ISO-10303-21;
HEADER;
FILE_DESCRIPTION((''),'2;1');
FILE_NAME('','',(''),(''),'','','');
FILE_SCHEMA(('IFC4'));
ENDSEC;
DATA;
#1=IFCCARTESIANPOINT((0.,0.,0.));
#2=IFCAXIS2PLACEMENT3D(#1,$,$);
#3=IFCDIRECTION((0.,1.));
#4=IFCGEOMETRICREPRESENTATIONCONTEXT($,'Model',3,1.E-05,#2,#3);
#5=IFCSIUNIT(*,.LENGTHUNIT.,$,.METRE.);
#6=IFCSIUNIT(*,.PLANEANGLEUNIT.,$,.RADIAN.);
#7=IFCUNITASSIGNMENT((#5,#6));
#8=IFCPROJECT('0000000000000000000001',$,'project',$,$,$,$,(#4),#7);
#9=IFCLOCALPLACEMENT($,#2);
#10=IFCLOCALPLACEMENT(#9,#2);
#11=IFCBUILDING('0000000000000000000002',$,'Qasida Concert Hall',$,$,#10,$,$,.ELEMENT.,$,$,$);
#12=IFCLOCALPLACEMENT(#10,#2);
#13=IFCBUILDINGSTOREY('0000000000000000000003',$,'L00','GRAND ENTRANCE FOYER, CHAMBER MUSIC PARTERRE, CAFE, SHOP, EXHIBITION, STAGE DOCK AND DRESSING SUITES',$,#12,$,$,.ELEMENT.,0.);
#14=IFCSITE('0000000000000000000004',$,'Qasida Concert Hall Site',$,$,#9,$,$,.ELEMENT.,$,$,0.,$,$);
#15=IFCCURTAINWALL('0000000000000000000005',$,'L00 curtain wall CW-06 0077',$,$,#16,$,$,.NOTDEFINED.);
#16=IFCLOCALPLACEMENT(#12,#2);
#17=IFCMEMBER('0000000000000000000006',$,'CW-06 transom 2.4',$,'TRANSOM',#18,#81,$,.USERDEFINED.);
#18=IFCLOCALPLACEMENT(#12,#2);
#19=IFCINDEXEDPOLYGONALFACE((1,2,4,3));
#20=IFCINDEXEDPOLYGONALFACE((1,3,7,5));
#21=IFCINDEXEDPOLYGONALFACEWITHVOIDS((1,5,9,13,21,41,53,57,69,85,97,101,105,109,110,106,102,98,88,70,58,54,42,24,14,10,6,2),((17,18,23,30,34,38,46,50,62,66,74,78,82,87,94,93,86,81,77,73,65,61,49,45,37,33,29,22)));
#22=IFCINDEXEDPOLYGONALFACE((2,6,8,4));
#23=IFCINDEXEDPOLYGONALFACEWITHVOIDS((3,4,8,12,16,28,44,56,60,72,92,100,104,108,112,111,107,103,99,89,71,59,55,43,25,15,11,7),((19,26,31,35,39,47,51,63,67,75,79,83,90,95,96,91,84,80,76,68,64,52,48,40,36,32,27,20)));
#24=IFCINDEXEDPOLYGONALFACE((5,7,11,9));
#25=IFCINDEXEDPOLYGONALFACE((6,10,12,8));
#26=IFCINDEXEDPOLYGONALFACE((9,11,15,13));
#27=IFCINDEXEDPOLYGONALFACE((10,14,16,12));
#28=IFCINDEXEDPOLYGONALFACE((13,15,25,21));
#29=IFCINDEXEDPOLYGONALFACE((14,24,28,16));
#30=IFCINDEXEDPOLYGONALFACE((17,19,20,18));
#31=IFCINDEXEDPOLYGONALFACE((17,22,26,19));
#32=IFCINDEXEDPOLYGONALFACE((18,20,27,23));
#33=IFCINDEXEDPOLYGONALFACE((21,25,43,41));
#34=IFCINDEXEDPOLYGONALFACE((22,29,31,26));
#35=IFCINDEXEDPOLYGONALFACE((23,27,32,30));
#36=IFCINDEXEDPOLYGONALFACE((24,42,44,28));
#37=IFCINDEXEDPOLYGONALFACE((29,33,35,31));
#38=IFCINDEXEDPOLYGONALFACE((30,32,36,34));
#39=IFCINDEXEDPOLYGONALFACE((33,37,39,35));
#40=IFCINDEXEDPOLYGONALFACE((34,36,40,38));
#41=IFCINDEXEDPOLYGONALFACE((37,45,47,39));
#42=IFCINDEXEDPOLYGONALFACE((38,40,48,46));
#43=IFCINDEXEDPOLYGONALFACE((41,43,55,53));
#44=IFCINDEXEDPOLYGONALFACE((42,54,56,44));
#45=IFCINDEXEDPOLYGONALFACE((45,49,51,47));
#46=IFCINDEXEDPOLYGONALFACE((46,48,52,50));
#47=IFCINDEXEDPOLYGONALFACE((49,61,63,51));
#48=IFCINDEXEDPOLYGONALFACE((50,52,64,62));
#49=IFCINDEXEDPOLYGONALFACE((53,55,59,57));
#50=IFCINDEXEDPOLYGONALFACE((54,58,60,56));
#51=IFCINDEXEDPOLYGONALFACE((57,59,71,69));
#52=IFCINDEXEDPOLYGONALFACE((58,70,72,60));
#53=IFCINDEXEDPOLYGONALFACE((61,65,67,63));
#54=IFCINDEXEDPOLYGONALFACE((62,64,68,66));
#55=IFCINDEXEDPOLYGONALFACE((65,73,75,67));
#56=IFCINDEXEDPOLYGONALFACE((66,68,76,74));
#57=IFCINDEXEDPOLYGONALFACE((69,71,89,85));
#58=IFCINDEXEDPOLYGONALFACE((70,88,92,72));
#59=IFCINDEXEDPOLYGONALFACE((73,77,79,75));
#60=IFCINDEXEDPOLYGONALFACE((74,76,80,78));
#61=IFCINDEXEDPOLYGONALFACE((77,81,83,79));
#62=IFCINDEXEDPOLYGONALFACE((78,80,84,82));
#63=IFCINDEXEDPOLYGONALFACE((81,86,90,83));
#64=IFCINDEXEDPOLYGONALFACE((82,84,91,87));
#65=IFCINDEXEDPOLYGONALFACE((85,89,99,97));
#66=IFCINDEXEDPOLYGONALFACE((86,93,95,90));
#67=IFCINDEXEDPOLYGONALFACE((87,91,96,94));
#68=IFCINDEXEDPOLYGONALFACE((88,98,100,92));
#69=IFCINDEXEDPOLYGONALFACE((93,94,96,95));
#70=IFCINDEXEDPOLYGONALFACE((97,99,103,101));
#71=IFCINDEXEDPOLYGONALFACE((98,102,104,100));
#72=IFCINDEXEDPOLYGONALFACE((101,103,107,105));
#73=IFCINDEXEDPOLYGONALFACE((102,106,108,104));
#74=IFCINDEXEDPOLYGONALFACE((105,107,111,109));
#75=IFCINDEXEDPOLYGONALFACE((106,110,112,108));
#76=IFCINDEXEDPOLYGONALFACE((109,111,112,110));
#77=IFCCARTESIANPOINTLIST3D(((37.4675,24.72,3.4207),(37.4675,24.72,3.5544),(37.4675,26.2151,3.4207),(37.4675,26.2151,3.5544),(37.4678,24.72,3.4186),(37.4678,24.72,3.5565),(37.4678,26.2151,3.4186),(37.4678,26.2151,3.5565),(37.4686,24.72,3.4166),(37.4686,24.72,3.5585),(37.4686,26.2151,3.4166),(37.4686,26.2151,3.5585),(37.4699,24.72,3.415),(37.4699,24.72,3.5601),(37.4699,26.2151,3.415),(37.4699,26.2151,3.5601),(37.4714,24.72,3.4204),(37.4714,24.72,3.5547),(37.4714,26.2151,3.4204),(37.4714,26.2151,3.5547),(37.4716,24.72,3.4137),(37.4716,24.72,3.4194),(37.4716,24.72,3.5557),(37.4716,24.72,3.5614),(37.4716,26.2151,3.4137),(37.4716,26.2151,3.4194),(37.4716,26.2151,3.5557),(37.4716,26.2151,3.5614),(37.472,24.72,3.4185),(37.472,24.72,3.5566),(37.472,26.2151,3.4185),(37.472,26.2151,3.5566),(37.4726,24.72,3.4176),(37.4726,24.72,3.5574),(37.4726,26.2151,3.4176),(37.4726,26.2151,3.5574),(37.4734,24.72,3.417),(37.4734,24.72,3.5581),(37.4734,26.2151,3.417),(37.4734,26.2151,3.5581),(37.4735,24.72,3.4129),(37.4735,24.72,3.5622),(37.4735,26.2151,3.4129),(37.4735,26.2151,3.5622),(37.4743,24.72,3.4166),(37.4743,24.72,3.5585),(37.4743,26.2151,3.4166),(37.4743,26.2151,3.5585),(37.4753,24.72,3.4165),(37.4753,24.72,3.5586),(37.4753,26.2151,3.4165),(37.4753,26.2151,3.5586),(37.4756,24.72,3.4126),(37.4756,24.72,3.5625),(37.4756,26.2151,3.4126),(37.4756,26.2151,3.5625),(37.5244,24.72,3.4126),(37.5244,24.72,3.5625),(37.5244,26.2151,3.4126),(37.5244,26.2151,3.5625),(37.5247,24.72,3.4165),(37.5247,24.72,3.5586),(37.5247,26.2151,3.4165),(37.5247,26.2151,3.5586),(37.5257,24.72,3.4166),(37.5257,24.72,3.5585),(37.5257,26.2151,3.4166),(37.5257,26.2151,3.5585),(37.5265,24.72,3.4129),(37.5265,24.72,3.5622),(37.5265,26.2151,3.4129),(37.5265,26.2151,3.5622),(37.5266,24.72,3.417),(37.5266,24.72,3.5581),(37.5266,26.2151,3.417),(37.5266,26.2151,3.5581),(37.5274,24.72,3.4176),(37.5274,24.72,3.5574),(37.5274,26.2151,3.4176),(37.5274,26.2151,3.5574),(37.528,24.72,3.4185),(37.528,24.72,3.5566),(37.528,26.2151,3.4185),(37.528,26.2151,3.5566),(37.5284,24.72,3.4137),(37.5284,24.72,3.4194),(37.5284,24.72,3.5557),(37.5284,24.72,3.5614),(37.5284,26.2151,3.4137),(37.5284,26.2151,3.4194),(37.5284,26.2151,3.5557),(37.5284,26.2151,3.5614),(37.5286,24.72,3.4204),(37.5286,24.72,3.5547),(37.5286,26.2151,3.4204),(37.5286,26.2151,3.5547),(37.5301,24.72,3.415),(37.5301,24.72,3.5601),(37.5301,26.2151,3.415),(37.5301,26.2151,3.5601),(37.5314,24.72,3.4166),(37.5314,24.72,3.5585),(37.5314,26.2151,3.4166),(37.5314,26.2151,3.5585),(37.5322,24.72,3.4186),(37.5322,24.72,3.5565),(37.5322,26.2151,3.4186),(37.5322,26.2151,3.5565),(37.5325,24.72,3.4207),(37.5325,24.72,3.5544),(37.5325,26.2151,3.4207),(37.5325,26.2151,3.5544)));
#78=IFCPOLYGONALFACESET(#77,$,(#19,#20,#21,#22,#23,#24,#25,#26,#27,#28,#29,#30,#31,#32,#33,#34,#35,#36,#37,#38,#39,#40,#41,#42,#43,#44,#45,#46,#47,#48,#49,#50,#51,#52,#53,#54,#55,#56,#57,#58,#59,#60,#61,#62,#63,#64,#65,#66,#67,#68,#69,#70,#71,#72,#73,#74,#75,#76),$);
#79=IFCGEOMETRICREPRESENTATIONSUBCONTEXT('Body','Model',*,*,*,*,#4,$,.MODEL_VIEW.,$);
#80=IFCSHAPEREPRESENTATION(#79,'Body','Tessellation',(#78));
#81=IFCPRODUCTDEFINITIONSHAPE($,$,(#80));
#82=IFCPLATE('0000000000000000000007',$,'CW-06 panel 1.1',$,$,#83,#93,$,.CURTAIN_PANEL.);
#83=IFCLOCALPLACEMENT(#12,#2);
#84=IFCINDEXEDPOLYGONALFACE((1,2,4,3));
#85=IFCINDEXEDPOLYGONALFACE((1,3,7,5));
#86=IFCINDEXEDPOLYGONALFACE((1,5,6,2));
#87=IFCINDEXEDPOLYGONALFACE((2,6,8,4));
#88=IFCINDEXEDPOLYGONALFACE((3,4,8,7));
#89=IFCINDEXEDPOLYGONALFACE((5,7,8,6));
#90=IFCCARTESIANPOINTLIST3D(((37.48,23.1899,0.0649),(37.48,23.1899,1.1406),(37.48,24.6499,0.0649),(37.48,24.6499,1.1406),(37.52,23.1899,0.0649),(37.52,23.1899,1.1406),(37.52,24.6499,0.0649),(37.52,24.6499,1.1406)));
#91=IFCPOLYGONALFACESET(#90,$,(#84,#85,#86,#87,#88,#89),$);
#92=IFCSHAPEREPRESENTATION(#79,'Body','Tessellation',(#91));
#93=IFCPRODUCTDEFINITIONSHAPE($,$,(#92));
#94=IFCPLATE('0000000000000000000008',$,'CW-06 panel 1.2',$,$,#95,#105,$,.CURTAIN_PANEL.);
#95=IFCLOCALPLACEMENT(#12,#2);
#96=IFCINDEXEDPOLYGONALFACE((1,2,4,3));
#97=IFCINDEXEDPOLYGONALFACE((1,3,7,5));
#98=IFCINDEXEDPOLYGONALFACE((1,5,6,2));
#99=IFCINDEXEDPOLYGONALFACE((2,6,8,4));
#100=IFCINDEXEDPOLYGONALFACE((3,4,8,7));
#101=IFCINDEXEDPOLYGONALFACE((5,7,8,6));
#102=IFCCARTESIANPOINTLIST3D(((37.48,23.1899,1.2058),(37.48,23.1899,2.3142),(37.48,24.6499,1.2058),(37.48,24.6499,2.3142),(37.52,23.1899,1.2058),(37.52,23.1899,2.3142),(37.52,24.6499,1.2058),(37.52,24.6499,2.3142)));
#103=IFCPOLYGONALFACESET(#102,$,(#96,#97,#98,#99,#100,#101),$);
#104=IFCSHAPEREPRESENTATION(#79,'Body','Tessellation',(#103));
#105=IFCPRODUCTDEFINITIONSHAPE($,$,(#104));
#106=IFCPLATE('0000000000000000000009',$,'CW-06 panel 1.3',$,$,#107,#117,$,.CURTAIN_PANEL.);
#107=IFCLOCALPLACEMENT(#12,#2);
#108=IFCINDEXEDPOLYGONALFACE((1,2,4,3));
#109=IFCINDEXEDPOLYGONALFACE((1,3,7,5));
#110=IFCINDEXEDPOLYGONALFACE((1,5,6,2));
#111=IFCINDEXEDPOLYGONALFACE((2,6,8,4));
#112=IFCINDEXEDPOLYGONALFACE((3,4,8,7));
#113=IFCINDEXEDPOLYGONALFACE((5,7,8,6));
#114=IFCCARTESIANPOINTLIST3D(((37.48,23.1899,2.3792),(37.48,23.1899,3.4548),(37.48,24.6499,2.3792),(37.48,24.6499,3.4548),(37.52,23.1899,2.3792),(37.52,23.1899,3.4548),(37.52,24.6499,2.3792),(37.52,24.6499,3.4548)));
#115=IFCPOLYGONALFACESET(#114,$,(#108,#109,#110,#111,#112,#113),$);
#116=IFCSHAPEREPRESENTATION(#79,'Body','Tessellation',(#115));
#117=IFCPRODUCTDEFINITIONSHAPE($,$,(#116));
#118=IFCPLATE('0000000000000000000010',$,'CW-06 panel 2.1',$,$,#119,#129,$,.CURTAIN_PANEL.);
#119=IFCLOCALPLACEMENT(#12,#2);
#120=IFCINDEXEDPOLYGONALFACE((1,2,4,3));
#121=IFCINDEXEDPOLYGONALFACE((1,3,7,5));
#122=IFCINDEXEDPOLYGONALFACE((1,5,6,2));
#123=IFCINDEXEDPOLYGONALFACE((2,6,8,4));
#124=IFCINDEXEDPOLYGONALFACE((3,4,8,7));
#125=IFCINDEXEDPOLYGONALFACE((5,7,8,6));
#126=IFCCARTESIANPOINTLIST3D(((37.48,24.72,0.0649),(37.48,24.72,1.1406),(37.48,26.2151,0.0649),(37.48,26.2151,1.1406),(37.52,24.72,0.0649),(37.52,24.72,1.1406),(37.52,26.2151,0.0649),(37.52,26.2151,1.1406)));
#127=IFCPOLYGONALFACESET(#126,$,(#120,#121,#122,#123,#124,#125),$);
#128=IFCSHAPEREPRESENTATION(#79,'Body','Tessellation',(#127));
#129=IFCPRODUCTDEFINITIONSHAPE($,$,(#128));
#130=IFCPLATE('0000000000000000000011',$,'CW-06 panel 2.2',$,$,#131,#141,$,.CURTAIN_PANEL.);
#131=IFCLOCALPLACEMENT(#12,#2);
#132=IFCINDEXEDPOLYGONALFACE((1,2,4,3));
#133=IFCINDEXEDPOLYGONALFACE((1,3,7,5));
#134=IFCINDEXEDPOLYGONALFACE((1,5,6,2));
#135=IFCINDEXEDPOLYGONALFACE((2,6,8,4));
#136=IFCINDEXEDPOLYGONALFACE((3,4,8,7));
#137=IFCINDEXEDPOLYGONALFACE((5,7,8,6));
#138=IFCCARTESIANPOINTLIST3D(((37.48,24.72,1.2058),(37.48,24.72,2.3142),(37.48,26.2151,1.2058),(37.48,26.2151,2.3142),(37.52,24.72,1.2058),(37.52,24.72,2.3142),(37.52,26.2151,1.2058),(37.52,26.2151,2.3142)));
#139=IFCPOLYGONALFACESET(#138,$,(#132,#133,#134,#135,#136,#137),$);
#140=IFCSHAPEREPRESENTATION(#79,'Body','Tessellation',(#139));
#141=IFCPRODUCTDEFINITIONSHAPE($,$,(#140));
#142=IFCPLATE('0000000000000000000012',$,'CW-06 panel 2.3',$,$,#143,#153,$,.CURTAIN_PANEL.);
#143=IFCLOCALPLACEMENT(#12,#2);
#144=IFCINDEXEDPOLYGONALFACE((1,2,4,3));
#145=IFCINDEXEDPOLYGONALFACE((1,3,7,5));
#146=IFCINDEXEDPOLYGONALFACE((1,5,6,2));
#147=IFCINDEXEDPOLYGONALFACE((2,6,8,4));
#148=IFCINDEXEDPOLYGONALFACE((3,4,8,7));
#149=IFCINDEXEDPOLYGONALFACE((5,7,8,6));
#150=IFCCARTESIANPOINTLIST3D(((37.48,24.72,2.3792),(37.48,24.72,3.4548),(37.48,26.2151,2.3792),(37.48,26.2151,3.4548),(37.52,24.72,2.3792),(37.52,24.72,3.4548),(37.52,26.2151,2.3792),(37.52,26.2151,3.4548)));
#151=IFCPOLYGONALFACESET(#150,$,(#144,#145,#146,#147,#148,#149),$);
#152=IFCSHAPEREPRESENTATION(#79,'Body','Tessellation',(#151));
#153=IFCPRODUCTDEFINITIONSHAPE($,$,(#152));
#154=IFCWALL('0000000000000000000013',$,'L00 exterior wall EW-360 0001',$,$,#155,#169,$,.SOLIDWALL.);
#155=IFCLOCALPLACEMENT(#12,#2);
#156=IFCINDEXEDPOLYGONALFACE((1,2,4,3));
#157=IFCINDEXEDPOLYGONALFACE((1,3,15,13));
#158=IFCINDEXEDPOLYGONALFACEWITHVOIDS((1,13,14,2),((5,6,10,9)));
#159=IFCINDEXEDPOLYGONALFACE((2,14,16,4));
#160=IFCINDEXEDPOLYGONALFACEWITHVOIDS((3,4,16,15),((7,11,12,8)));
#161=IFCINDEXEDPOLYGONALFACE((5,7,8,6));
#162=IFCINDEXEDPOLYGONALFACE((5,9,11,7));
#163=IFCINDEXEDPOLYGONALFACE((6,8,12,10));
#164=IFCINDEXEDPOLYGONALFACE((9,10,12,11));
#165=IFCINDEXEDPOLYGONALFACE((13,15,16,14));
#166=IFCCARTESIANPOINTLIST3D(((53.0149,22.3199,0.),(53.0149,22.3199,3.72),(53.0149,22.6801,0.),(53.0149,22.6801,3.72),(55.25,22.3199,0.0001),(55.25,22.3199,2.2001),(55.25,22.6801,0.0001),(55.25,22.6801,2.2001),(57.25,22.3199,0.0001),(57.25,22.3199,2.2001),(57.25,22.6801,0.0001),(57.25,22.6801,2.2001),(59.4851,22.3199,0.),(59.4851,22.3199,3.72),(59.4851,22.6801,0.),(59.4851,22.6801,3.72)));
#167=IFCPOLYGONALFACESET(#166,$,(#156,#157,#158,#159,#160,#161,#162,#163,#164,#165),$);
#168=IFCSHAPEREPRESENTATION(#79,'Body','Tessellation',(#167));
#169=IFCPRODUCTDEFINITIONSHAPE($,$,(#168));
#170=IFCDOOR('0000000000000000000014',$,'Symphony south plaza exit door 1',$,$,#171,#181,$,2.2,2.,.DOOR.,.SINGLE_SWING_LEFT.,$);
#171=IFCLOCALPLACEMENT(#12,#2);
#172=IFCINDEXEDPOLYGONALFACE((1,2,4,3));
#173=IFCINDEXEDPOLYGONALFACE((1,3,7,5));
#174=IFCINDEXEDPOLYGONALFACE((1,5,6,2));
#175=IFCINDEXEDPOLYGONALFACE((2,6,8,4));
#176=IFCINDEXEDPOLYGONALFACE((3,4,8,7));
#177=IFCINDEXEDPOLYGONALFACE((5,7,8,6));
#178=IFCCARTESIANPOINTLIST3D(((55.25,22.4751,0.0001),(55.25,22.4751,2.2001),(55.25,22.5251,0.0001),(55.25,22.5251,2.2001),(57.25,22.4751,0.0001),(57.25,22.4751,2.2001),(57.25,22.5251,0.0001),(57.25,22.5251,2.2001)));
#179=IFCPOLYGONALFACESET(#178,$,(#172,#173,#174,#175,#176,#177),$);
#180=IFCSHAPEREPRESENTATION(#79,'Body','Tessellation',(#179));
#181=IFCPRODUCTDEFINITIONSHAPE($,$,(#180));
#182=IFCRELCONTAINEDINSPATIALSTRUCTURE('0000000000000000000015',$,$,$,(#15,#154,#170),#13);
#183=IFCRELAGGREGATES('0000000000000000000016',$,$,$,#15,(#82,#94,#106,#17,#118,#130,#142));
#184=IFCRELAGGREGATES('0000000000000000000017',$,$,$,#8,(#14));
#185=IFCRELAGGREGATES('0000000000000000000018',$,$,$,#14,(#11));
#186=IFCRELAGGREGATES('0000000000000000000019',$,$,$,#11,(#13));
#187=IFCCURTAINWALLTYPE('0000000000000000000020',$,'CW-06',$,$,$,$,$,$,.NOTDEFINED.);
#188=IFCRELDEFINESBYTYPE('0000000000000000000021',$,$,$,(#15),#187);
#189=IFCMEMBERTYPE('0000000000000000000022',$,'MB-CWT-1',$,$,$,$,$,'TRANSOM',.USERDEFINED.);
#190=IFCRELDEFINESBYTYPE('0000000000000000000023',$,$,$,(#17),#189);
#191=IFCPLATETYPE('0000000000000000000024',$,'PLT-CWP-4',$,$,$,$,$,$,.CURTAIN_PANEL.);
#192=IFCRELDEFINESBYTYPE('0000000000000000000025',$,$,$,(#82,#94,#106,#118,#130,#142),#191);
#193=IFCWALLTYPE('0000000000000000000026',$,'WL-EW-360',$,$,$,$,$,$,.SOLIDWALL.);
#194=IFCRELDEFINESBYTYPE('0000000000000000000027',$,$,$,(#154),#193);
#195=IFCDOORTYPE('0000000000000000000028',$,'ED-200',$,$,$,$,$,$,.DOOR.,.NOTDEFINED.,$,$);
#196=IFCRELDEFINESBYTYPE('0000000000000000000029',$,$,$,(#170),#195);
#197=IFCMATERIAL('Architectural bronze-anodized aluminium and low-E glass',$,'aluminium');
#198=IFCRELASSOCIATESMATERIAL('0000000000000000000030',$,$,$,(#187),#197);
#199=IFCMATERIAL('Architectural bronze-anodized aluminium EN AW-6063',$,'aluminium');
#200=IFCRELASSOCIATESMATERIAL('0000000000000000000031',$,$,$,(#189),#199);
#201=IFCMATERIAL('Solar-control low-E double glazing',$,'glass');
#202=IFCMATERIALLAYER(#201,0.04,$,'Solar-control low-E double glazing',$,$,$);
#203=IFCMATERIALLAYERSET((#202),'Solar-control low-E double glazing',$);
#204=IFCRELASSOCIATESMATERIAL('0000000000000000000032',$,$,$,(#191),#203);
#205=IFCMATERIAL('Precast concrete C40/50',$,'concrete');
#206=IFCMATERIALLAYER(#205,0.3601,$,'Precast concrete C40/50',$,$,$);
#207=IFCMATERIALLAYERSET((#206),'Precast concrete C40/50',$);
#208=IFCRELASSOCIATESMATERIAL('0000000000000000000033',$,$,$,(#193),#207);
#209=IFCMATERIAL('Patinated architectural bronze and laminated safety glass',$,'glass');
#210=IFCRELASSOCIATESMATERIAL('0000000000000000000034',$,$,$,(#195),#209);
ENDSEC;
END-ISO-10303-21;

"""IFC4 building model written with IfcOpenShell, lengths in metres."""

from ifc_helpers import new_model, si_unit, direction, frame, frame_2d, origin, origin_2d, place, context, subcontext, project, spatial, rectangle, hollow_rectangle, extrude, material, layer, layer_set, material_profile, profile_set, type_object, element, fill, aggregate, save


model = new_model("IFC4")

# Units and contexts
model_context = context("Model", 3, precision=1e-05, world=origin(), true_north=direction((0.0, 1.0)))
body_context = subcontext(model_context, "Body", "Model", "MODEL_VIEW")
ifc_project = project(units=[si_unit("LENGTHUNIT", "METRE"), si_unit("PLANEANGLEUNIT", "RADIAN")], contexts=[model_context])

# Site, building, storey
site_placement = place(None, origin())
site = spatial("IfcSite", under=ifc_project, at=site_placement, Name="Qasida Concert Hall Site", CompositionType="ELEMENT", RefElevation=0.0)
building_placement = place(site_placement, origin())
building = spatial("IfcBuilding", under=site, at=building_placement, Name="Qasida Concert Hall", CompositionType="ELEMENT")
storey_placement = place(building_placement, origin())
storey = spatial("IfcBuildingStorey", under=building, at=storey_placement, Name="L00", Description="GRAND ENTRANCE FOYER, CHAMBER MUSIC PARTERRE, CAFE, SHOP, EXHIBITION, STAGE DOCK AND DRESSING SUITES", CompositionType="ELEMENT", Elevation=0.0)

# Curtain wall, member, plates
ifc_material_1 = material(Name="Architectural bronze-anodized aluminium and low-E glass", Category="aluminium")
curtain_wall_type = type_object("IfcCurtainWallType", Name="CW-06", PredefinedType="NOTDEFINED", material=ifc_material_1)
curtain_wall_placement = place(storey_placement, origin())
curtain_wall = element("IfcCurtainWall", 1, at=curtain_wall_placement, inside=storey, type_object=curtain_wall_type, Name="L00 curtain wall CW-06 0077", PredefinedType="NOTDEFINED")
ifc_material_2 = material(Name="Architectural bronze-anodized aluminium EN AW-6063", Category="aluminium")
ifc_material_profile_1 = material_profile(ifc_material_2, hollow_rectangle(XDim=0.0649, YDim=0.1499, WallThickness=0.0039, InnerFilletRadius=0.0039, OuterFilletRadius=0.0081, at=origin_2d()), Name="CWT 150x65x4")
ifc_profile_set_1 = profile_set([ifc_material_profile_1], Name="Architectural bronze-anodized aluminium EN AW-6063")
member_type_1 = type_object("IfcMemberType", Name="MB-CWT-1", ElementType="TRANSOM", PredefinedType="USERDEFINED", material=ifc_profile_set_1)
member_1_placement = place(storey_placement, frame((37.5, 24.72, 3.4875), z_axis=(0.0, 1.0, 0.0), x_axis=(-1.0, 0.0, 0.0)))
member_1 = element("IfcMember", 2, at=member_1_placement, type_object=member_type_1, Name="CW-06 transom 2.4", ObjectType="TRANSOM", PredefinedType="USERDEFINED", context=body_context, shape_type="SweptSolid", body=[
    extrude(hollow_rectangle(XDim=0.0649, YDim=0.1499, WallThickness=0.0039, InnerFilletRadius=0.0039, OuterFilletRadius=0.0081, at=origin_2d()), origin(), (0.0, 0.0, 1.0), 1.4951),
])
ifc_material_3 = material(Name="Solar-control low-E double glazing", Category="glass")
ifc_layer_1 = layer(ifc_material_3, 0.04, Name="Solar-control low-E double glazing")
ifc_layer_set_1 = layer_set([ifc_layer_1], Name="Solar-control low-E double glazing")
plate_type = type_object("IfcPlateType", Name="PLT-CWP-4", PredefinedType="CURTAIN_PANEL", material=ifc_layer_set_1)
plate_1_placement = place(storey_placement, frame((37.5, 23.9199, 0.0649), z_axis=(0.0, 0.0, 1.0), x_axis=(0.0, 1.0, 0.0)))
plate_1 = element("IfcPlate", 3, at=plate_1_placement, type_object=plate_type, Name="CW-06 panel 1.1", PredefinedType="CURTAIN_PANEL", context=body_context, shape_type="SweptSolid", body=[
    extrude(rectangle(XDim=1.46, YDim=0.04, at=origin_2d()), origin(), (0.0, 0.0, 1.0), 1.0757),
])
plate_2_placement = place(storey_placement, frame((37.5, 23.9199, 1.2058), z_axis=(0.0, 0.0, 1.0), x_axis=(0.0, 1.0, 0.0)))
plate_2 = element("IfcPlate", 4, at=plate_2_placement, type_object=plate_type, Name="CW-06 panel 1.2", PredefinedType="CURTAIN_PANEL", context=body_context, shape_type="SweptSolid", body=[
    extrude(rectangle(XDim=1.46, YDim=0.04, at=origin_2d()), origin(), (0.0, 0.0, 1.0), 1.1084),
])
plate_3_placement = place(storey_placement, frame((37.5, 23.9199, 2.3792), z_axis=(0.0, 0.0, 1.0), x_axis=(0.0, 1.0, 0.0)))
plate_3 = element("IfcPlate", 5, at=plate_3_placement, type_object=plate_type, Name="CW-06 panel 1.3", PredefinedType="CURTAIN_PANEL", context=body_context, shape_type="SweptSolid", body=[
    extrude(rectangle(XDim=1.46, YDim=0.04, at=origin_2d()), origin(), (0.0, 0.0, 1.0), 1.0757),
])
plate_4_placement = place(storey_placement, frame((37.5, 25.4675, 0.0649), z_axis=(0.0, 0.0, 1.0), x_axis=(0.0, 1.0, 0.0)))
plate_4 = element("IfcPlate", 6, at=plate_4_placement, type_object=plate_type, Name="CW-06 panel 2.1", PredefinedType="CURTAIN_PANEL", context=body_context, shape_type="SweptSolid", body=[
    extrude(rectangle(XDim=1.4951, YDim=0.04, at=origin_2d()), origin(), (0.0, 0.0, 1.0), 1.0757),
])
plate_5_placement = place(storey_placement, frame((37.5, 25.4675, 1.2058), z_axis=(0.0, 0.0, 1.0), x_axis=(0.0, 1.0, 0.0)))
plate_5 = element("IfcPlate", 7, at=plate_5_placement, type_object=plate_type, Name="CW-06 panel 2.2", PredefinedType="CURTAIN_PANEL", context=body_context, shape_type="SweptSolid", body=[
    extrude(rectangle(XDim=1.4951, YDim=0.04, at=origin_2d()), origin(), (0.0, 0.0, 1.0), 1.1084),
])
plate_6_placement = place(storey_placement, frame((37.5, 25.4675, 2.3792), z_axis=(0.0, 0.0, 1.0), x_axis=(0.0, 1.0, 0.0)))
plate_6 = element("IfcPlate", 8, at=plate_6_placement, type_object=plate_type, Name="CW-06 panel 2.3", PredefinedType="CURTAIN_PANEL", context=body_context, shape_type="SweptSolid", body=[
    extrude(rectangle(XDim=1.4951, YDim=0.04, at=origin_2d()), origin(), (0.0, 0.0, 1.0), 1.0757),
])
aggregate(curtain_wall, [plate_1, plate_2, plate_3, member_1, plate_4, plate_5, plate_6])

# Wall, opening, door
ifc_material_4 = material(Name="Precast concrete C40/50", Category="concrete")
ifc_layer_2 = layer(ifc_material_4, 0.3601, Name="Precast concrete C40/50")
ifc_layer_set_2 = layer_set([ifc_layer_2], Name="Precast concrete C40/50")
wall_type = type_object("IfcWallType", Name="WL-EW-360", PredefinedType="SOLIDWALL", material=ifc_layer_set_2)
wall_1_placement = place(storey_placement, frame((53.0149, 22.5, 0.0), z_axis=(0.0, 0.0, 1.0), x_axis=(1.0, 0.0, 0.0)))
wall_1 = element("IfcWall", 9, at=wall_1_placement, inside=storey, type_object=wall_type, Name="L00 exterior wall EW-360 0001", PredefinedType="SOLIDWALL", context=body_context, shape_type="SweptSolid", body=[
    extrude(rectangle(XDim=6.4702, YDim=0.3601, at=frame_2d((3.2351, 0.0))), origin(), (0.0, 0.0, 1.0), 3.72),
])
opening_1_placement = place(wall_1_placement, frame((2.2351, 0.0, 0.0)))
opening_1 = element("IfcOpeningElement", 10, at=opening_1_placement, cuts=wall_1, PredefinedType="OPENING", context=body_context, shape_type="SweptSolid", body=[
    extrude(rectangle(XDim=2.0, YDim=2.2, at=frame_2d((1.0, 1.1001))), frame((0.0, 0.1899, 0.0), z_axis=(0.0, -1.0, 0.0), x_axis=(1.0, 0.0, 0.0)), (0.0, 0.0, 1.0), 0.3801),
])
ifc_material_5 = material(Name="Patinated architectural bronze and laminated safety glass", Category="glass")
door_type = type_object("IfcDoorType", Name="ED-200", OperationType="NOTDEFINED", PredefinedType="DOOR", material=ifc_material_5)
door_placement = place(opening_1_placement, frame((2.0, 0.0, 0.0), z_axis=(0.0, 0.0, 1.0), x_axis=(-1.0, 0.0, 0.0)))
door = element("IfcDoor", 11, at=door_placement, inside=storey, type_object=door_type, Name="Symphony south plaza exit door 1", OperationType="SINGLE_SWING_LEFT", OverallHeight=2.2, OverallWidth=2.0, PredefinedType="DOOR", context=body_context, shape_type="SweptSolid", body=[
    extrude(rectangle(XDim=2.0, YDim=2.2, at=frame_2d((1.0, 1.1001))), frame((0.0, 0.0249, 0.0), z_axis=(0.0, -1.0, 0.0), x_axis=(1.0, 0.0, 0.0)), (0.0, 0.0, 1.0), 0.05),
])
fill(opening_1, door)

save(model, "model.ifc")
